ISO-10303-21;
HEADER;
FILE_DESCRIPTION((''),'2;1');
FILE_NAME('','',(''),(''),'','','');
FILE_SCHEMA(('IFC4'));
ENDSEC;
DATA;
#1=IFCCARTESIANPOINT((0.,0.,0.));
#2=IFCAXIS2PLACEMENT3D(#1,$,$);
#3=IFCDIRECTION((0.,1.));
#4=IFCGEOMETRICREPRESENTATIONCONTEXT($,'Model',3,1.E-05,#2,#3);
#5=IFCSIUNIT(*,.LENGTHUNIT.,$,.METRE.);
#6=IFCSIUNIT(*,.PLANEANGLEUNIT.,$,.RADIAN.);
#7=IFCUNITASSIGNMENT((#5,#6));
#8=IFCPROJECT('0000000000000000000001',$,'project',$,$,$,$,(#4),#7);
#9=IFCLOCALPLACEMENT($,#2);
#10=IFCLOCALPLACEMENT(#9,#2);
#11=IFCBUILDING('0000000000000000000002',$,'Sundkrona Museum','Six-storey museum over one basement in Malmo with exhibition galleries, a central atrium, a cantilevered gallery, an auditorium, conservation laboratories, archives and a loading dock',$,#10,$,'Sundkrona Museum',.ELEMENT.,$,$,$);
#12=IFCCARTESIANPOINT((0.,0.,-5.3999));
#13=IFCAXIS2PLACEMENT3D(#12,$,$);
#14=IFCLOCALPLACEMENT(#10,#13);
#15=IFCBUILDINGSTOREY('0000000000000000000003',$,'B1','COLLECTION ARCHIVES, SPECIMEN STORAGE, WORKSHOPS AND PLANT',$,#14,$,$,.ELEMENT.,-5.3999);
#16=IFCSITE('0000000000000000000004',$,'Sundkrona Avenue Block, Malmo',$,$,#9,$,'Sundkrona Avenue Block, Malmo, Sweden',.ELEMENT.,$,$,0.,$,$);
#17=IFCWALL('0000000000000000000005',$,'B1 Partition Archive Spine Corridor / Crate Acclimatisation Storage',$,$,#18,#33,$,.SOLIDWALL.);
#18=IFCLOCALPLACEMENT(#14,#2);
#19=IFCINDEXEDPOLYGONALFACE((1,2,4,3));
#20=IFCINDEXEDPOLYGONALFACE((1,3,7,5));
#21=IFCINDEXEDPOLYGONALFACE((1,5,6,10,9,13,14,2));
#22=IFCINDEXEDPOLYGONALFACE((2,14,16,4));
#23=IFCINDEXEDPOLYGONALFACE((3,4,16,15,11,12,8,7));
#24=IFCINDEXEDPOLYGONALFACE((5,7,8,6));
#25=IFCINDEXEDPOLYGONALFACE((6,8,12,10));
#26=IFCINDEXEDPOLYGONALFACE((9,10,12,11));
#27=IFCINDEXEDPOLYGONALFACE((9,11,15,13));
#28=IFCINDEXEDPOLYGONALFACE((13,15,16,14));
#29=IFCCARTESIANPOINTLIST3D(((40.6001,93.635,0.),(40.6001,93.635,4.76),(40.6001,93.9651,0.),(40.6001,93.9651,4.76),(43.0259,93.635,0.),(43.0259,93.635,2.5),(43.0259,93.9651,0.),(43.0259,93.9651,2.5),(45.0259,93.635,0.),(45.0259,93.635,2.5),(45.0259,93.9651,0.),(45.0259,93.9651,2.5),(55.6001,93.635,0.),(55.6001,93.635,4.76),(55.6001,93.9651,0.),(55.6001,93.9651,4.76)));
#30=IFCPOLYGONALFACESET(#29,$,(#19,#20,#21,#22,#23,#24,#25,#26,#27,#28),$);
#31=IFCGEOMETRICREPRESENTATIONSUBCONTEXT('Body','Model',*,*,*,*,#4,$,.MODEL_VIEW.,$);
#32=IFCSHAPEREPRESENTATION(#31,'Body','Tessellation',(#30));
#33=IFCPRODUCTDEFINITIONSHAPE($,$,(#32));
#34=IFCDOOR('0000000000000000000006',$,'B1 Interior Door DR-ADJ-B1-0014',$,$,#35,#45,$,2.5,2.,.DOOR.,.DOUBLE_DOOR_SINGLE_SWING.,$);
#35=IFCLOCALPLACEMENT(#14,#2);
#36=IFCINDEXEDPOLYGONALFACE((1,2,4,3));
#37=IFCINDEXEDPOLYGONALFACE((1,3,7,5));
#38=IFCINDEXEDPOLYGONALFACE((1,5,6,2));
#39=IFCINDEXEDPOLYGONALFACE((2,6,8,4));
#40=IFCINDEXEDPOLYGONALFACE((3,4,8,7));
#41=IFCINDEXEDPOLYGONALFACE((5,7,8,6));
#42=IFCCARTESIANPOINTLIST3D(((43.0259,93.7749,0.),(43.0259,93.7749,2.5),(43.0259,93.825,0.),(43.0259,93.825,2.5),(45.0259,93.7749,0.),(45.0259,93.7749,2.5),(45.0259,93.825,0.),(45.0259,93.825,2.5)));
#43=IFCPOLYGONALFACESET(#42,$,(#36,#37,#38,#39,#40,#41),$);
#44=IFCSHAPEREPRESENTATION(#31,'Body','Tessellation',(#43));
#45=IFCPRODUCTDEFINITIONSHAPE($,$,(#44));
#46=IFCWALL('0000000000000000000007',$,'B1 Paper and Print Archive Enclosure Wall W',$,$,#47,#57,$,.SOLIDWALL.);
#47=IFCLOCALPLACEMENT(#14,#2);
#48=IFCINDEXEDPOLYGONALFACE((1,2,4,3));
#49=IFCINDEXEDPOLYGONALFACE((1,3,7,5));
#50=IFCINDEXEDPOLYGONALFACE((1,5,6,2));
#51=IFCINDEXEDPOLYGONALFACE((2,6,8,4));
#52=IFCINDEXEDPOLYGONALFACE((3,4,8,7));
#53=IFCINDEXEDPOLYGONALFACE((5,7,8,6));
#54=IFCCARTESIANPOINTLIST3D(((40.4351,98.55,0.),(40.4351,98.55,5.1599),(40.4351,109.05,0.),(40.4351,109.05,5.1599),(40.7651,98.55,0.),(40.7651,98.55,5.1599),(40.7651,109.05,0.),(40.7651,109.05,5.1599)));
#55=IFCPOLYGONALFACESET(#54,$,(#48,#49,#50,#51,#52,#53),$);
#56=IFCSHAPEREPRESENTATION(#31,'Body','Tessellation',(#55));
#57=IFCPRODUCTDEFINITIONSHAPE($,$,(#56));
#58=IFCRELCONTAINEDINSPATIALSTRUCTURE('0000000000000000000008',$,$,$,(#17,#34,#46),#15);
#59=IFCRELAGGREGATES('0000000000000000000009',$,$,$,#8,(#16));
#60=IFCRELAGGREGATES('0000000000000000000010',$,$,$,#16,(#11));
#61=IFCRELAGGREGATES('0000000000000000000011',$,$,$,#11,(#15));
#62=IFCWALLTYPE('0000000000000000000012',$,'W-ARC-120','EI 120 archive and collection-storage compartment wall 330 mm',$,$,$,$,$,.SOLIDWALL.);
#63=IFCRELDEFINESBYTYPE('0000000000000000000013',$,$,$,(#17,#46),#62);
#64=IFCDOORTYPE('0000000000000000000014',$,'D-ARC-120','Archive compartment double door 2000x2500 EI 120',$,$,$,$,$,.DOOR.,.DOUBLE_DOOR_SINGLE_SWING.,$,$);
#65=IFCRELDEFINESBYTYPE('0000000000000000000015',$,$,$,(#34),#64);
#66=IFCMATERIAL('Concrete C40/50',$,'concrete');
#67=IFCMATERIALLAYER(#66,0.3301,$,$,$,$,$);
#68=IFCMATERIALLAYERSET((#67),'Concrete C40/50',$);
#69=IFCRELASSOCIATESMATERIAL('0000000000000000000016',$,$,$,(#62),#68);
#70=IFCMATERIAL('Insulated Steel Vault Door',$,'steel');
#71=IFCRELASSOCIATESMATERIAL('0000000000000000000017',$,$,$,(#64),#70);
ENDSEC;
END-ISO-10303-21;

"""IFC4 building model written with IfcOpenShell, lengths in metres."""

from ifc_helpers import new_model, si_unit, direction, frame, frame_2d, origin, place, context, subcontext, project, spatial, rectangle, extrude, material, layer, layer_set, type_object, element, fill, save


model = new_model("IFC4")

# Units and contexts
model_context = context("Model", 3, precision=1e-05, world=origin(), true_north=direction((0.0, 1.0)))
body_context = subcontext(model_context, "Body", "Model", "MODEL_VIEW")
ifc_project = project(units=[si_unit("LENGTHUNIT", "METRE"), si_unit("PLANEANGLEUNIT", "RADIAN")], contexts=[model_context])

# Site, building, storey
site_placement = place(None, origin())
site = spatial("IfcSite", under=ifc_project, at=site_placement, Name="Sundkrona Avenue Block, Malmo", LongName="Sundkrona Avenue Block, Malmo, Sweden", CompositionType="ELEMENT", RefElevation=0.0)
building_placement = place(site_placement, origin())
building = spatial("IfcBuilding", under=site, at=building_placement, Name="Sundkrona Museum", Description="Six-storey museum over one basement in Malmo with exhibition galleries, a central atrium, a cantilevered gallery, an auditorium, conservation laboratories, archives and a loading dock", LongName="Sundkrona Museum", CompositionType="ELEMENT")
storey_placement = place(building_placement, frame((0.0, 0.0, -5.3999)))
storey = spatial("IfcBuildingStorey", under=building, at=storey_placement, Name="B1", Description="COLLECTION ARCHIVES, SPECIMEN STORAGE, WORKSHOPS AND PLANT", CompositionType="ELEMENT", Elevation=-5.3999)

# Shared definitions
ifc_material_1 = material(Name="Concrete C40/50", Category="concrete")

# Wall, opening, door
ifc_layer = layer(ifc_material_1, 0.3301)
ifc_layer_set = layer_set([ifc_layer], Name="Concrete C40/50")
wall_type = type_object("IfcWallType", Name="W-ARC-120", Description="EI 120 archive and collection-storage compartment wall 330 mm", PredefinedType="SOLIDWALL", material=ifc_layer_set)
ifc_material_2 = material(Name="Insulated Steel Vault Door", Category="steel")
door_type = type_object("IfcDoorType", Name="D-ARC-120", Description="Archive compartment double door 2000x2500 EI 120", OperationType="DOUBLE_DOOR_SINGLE_SWING", PredefinedType="DOOR", material=ifc_material_2)
wall_1_placement = place(storey_placement, frame((40.6001, 93.8, 0.0), z_axis=(0.0, 0.0, 1.0), x_axis=(1.0, 0.0, 0.0)))
wall_1 = element("IfcWall", 1, at=wall_1_placement, inside=storey, type_object=wall_type, Name="B1 Partition Archive Spine Corridor / Crate Acclimatisation Storage", PredefinedType="SOLIDWALL", context=body_context, shape_type="SweptSolid", body=[
    extrude(rectangle(XDim=15.0, YDim=0.3301, at=frame_2d((7.5, 0.0))), origin(), (0.0, 0.0, 1.0), 4.76),
])
opening_1_placement = place(wall_1_placement, frame((2.4258, 0.0, 0.0)))
opening_1 = element("IfcOpeningElement", 2, at=opening_1_placement, cuts=wall_1, PredefinedType="OPENING", context=body_context, shape_type="SweptSolid", body=[
    extrude(rectangle(XDim=2.0, YDim=2.5, at=frame_2d((1.0, 1.25))), frame((0.0, 0.175, 0.0), z_axis=(0.0, -1.0, 0.0), x_axis=(1.0, 0.0, 0.0)), (0.0, 0.0, 1.0), 0.3501),
])
door_1_placement = place(opening_1_placement, origin())
door_1 = element("IfcDoor", 3, at=door_1_placement, inside=storey, type_object=door_type, Name="B1 Interior Door DR-ADJ-B1-0014", OperationType="DOUBLE_DOOR_SINGLE_SWING", OverallHeight=2.5, OverallWidth=2.0, PredefinedType="DOOR", context=body_context, shape_type="SweptSolid", body=[
    extrude(rectangle(XDim=2.0, YDim=2.5, at=frame_2d((1.0, 1.25))), frame((0.0, 0.0249, 0.0), z_axis=(0.0, -1.0, 0.0), x_axis=(1.0, 0.0, 0.0)), (0.0, 0.0, 1.0), 0.05),
])
fill(opening_1, door_1)

# Wall
wall_2_placement = place(storey_placement, frame((40.6001, 98.55, 0.0), z_axis=(0.0, 0.0, 1.0), x_axis=(0.0, 1.0, 0.0)))
element("IfcWall", 4, at=wall_2_placement, inside=storey, type_object=wall_type, Name="B1 Paper and Print Archive Enclosure Wall W", PredefinedType="SOLIDWALL", context=body_context, shape_type="SweptSolid", body=[
    extrude(rectangle(XDim=10.5, YDim=0.3301, at=frame_2d((5.25, 0.0))), origin(), (0.0, 0.0, 1.0), 5.1599),
])

save(model, "model.ifc")
